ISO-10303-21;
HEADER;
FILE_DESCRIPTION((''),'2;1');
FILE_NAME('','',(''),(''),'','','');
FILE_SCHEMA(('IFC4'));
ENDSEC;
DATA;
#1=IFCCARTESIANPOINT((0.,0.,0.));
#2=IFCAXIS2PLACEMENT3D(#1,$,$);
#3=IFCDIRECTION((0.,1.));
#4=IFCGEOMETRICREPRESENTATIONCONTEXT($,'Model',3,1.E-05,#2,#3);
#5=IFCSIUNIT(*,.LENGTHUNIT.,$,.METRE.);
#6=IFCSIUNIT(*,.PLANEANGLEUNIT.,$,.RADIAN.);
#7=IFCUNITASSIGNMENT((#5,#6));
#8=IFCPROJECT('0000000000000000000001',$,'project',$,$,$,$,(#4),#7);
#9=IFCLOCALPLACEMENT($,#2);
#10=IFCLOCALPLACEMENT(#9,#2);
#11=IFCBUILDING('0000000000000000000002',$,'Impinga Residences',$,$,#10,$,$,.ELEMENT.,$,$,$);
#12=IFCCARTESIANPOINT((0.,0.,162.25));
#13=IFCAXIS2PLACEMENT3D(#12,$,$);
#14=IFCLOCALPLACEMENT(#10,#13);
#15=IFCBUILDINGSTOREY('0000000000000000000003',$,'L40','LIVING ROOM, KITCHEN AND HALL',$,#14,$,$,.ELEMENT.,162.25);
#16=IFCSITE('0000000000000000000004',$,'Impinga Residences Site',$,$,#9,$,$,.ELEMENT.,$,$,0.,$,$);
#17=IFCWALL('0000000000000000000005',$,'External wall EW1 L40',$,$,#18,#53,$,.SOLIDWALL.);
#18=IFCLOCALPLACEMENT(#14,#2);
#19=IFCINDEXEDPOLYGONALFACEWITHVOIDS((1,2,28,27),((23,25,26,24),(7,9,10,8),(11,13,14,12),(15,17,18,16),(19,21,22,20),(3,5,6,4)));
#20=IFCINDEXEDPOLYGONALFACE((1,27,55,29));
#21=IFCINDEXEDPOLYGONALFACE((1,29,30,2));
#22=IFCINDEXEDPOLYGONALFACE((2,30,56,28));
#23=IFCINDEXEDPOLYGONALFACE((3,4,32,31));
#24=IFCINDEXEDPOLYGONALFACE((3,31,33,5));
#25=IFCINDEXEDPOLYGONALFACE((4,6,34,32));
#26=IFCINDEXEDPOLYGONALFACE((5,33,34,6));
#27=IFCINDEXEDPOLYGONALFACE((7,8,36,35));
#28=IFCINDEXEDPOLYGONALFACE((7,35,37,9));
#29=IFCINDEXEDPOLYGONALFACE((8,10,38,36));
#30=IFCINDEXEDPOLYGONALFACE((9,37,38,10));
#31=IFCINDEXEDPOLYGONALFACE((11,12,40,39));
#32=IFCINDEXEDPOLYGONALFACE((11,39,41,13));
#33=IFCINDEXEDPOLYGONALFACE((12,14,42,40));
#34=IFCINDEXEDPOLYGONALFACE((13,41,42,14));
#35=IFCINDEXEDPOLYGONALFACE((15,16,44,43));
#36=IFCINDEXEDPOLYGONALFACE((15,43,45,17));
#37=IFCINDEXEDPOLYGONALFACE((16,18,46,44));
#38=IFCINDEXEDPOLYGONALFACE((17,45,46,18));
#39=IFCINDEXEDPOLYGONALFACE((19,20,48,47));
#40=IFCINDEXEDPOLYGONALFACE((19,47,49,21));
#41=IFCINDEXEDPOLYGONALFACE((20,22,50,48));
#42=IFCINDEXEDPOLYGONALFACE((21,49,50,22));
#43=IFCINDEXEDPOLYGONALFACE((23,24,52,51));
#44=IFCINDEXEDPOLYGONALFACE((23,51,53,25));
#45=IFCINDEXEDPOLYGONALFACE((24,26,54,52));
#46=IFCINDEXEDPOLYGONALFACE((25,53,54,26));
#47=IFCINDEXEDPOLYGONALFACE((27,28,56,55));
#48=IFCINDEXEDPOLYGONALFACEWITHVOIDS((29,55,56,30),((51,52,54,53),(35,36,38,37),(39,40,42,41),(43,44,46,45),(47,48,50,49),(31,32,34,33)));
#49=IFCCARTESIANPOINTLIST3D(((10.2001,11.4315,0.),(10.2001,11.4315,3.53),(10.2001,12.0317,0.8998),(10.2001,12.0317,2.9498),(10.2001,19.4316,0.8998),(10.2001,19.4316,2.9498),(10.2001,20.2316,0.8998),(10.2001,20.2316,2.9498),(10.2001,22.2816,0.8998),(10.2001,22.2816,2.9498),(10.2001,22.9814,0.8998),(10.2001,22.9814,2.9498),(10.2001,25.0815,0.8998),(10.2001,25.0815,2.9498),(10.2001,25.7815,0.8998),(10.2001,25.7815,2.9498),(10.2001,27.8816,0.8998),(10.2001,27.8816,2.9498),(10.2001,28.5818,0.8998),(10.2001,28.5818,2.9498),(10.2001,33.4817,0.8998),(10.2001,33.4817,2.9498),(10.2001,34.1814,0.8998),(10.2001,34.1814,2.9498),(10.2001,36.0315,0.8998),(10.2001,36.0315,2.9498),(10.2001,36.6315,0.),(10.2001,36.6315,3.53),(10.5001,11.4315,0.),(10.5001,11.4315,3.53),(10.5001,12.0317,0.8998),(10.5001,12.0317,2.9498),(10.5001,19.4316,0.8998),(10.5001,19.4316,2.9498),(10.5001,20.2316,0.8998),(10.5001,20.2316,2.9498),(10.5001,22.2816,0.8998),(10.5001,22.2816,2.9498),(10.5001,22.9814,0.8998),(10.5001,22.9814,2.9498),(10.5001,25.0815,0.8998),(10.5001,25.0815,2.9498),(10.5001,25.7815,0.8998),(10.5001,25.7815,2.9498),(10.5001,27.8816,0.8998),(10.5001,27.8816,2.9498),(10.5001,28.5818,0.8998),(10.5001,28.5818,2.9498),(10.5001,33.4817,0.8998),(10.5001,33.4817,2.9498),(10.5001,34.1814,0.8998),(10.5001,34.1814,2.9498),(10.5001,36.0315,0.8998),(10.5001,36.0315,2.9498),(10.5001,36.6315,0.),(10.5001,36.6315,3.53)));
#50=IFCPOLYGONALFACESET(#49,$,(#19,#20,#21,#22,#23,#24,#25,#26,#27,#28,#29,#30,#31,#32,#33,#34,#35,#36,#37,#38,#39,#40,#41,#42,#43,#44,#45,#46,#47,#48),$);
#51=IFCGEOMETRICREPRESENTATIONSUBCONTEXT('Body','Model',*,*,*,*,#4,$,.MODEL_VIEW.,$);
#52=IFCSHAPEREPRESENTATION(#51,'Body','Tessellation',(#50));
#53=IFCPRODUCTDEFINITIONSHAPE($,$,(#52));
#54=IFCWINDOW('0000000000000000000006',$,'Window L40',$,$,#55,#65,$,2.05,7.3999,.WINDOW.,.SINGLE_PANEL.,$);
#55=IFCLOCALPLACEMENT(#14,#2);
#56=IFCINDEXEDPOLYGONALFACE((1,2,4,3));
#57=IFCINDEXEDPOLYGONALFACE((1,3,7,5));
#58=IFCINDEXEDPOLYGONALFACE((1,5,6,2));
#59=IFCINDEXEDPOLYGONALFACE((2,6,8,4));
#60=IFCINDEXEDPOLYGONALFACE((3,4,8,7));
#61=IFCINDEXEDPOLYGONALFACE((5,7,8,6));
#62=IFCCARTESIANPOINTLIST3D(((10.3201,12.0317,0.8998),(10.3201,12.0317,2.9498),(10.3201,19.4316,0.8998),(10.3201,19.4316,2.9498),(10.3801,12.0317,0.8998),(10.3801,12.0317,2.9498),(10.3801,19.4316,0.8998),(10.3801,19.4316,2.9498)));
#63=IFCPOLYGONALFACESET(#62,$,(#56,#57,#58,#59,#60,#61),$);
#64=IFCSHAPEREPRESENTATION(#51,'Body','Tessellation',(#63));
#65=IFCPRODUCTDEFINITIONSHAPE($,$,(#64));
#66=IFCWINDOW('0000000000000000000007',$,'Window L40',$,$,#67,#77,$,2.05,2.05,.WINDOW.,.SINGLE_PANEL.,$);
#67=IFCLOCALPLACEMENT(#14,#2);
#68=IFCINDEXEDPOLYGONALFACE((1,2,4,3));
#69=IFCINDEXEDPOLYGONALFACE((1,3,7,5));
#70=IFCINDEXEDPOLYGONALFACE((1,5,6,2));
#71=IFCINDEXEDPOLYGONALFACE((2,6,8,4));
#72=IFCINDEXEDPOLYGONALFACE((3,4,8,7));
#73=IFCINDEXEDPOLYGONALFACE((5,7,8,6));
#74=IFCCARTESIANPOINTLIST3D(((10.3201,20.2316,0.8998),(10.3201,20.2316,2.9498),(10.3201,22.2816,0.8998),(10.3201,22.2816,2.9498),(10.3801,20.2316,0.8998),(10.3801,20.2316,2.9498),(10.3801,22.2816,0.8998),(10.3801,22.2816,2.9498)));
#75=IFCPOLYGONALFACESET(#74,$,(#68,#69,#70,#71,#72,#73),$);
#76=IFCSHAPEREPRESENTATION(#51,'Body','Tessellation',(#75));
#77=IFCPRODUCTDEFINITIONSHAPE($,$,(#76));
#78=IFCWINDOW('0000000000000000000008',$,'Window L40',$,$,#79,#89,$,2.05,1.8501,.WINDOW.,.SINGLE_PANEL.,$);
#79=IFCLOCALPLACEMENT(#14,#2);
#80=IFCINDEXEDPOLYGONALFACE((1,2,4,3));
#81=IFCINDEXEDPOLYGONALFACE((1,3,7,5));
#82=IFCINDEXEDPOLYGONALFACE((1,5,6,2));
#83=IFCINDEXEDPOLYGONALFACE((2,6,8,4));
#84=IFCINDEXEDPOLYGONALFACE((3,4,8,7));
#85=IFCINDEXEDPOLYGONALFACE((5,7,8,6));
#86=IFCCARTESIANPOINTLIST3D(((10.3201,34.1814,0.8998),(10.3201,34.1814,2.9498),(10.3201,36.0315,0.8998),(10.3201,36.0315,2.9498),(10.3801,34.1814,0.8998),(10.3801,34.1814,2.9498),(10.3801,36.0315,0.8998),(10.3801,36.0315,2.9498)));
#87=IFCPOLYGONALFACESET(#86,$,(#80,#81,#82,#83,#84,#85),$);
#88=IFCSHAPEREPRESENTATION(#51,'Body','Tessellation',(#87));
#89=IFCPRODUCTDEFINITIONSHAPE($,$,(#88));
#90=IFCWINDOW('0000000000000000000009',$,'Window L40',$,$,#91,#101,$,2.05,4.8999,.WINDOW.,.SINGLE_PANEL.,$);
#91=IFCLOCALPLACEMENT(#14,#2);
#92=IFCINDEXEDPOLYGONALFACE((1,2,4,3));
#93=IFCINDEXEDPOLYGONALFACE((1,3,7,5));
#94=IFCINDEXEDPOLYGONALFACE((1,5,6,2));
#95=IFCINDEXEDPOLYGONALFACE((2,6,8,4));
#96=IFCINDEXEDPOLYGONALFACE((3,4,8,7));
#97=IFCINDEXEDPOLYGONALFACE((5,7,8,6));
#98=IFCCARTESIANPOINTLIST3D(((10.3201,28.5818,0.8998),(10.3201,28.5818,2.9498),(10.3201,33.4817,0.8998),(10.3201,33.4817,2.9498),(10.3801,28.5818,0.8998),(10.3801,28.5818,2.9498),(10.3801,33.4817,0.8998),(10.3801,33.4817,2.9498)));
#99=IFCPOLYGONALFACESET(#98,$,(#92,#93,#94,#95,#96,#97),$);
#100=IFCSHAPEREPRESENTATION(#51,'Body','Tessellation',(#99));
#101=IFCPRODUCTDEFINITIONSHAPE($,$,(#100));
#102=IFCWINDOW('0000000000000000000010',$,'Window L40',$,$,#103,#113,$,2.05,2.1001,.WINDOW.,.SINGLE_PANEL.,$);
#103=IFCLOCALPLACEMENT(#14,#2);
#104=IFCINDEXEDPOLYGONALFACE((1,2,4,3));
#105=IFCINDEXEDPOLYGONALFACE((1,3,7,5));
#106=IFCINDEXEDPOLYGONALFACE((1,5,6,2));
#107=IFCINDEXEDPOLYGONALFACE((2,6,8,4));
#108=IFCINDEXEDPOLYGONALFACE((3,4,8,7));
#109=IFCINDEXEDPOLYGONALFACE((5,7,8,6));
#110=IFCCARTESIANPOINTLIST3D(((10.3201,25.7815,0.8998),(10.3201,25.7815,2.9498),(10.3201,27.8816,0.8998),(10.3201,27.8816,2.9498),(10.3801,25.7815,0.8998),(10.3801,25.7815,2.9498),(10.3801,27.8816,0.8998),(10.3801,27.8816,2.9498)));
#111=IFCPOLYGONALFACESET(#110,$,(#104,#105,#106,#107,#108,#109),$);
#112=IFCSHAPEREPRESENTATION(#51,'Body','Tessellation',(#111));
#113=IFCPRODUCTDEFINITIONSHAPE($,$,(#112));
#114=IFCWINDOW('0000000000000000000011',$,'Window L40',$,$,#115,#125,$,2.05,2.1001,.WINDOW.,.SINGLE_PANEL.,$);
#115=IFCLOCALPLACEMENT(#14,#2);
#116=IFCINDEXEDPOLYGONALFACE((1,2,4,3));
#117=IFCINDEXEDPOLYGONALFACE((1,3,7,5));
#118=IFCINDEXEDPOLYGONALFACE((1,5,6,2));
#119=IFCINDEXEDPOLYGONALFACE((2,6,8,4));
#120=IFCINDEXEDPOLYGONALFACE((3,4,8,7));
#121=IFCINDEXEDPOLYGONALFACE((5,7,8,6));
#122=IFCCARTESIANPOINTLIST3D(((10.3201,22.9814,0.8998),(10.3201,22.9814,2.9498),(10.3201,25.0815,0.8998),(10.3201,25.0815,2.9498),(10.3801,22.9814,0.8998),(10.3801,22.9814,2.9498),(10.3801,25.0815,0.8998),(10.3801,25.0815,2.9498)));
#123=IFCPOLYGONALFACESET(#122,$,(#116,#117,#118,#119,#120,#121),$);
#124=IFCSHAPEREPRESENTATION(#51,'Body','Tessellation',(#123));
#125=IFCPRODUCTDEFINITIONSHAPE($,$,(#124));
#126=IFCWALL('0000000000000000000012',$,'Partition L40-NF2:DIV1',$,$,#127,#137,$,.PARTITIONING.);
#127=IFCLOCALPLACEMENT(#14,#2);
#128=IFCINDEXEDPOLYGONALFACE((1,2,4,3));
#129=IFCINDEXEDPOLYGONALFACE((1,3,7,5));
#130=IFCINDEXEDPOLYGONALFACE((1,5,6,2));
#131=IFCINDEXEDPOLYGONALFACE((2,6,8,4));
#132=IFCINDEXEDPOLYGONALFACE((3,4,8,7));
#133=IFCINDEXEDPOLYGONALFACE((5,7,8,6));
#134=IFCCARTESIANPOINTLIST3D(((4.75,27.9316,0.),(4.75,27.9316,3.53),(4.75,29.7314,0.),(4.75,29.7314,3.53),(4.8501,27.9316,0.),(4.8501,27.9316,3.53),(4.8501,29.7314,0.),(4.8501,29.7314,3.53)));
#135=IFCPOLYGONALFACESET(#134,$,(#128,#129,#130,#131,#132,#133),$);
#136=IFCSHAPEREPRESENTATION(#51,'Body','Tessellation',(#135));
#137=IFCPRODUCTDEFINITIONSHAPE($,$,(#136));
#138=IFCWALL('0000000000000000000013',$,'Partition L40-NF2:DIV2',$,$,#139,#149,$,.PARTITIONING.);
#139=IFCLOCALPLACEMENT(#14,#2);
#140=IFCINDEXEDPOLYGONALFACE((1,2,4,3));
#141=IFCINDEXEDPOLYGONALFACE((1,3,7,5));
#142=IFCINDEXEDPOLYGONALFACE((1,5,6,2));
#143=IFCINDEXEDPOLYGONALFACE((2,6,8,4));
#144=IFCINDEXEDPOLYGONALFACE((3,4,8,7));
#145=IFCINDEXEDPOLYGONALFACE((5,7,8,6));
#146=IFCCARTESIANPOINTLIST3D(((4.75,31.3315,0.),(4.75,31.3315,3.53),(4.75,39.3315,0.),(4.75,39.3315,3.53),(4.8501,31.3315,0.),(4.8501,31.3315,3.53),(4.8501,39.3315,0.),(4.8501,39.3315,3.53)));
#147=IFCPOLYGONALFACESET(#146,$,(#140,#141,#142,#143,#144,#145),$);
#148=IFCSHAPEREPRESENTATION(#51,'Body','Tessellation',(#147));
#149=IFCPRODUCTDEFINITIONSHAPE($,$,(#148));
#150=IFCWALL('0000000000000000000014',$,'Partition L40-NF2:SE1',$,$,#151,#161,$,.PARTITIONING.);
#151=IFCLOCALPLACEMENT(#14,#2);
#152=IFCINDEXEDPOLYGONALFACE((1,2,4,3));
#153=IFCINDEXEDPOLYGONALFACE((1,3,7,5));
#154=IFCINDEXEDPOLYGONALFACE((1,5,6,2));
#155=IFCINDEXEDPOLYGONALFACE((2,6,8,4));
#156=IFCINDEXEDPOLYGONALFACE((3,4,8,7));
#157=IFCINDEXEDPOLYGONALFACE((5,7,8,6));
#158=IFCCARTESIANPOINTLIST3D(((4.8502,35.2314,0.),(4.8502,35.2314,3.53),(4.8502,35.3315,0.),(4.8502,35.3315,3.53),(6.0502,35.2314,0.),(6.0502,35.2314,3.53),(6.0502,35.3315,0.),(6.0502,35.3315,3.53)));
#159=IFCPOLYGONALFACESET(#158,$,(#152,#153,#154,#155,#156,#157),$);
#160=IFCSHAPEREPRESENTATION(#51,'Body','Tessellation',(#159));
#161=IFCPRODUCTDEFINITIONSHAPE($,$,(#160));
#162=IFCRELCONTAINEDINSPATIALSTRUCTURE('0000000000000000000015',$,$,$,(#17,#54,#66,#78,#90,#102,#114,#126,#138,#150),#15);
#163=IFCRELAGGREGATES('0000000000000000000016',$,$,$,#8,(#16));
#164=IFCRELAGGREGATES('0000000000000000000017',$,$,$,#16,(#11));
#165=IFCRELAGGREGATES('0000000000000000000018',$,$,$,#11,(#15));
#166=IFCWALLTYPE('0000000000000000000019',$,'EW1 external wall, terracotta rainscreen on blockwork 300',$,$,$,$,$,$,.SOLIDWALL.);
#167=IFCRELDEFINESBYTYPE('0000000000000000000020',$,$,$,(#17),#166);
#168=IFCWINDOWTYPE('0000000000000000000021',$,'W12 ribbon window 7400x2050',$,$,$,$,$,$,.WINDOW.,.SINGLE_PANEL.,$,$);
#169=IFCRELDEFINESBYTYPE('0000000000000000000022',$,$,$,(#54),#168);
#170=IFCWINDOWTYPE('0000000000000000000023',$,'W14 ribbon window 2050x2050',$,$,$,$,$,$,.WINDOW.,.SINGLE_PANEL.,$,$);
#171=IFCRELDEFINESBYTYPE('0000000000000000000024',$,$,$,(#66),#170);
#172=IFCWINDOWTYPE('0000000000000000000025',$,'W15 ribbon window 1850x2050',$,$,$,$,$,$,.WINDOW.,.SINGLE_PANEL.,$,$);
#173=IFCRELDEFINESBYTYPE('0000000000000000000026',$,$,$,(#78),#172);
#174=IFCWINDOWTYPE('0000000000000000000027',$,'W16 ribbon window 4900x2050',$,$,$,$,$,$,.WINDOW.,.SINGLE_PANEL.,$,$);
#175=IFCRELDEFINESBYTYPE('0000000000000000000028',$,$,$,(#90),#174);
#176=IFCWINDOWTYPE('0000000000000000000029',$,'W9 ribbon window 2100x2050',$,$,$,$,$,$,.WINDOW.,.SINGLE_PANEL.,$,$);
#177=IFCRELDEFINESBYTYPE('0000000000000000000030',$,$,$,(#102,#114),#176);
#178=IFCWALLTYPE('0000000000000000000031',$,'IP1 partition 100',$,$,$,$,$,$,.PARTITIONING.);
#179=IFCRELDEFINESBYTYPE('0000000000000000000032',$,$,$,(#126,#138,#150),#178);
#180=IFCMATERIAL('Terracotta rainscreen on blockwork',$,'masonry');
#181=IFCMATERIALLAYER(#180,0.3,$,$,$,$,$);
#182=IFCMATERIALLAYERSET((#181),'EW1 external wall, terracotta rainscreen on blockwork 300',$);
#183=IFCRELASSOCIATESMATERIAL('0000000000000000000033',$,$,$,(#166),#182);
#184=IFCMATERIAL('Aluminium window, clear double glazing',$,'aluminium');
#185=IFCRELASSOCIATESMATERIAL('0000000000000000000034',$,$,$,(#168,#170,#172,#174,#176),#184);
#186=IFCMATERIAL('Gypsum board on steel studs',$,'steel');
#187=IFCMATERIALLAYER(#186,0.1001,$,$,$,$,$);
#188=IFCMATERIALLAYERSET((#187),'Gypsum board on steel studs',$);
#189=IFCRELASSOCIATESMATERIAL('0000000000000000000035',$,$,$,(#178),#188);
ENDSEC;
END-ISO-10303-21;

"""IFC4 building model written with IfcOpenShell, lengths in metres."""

from ifc_helpers import new_model, si_unit, direction, frame, frame_2d, origin, place, context, subcontext, project, spatial, rectangle, extrude, material, layer, layer_set, type_object, element, fill, save


model = new_model("IFC4")

# Units and contexts
model_context = context("Model", 3, precision=1e-05, world=origin(), true_north=direction((0.0, 1.0)))
body_context = subcontext(model_context, "Body", "Model", "MODEL_VIEW")
ifc_project = project(units=[si_unit("LENGTHUNIT", "METRE"), si_unit("PLANEANGLEUNIT", "RADIAN")], contexts=[model_context])

# Site, building, storey
site_placement = place(None, origin())
site = spatial("IfcSite", under=ifc_project, at=site_placement, Name="Impinga Residences Site", CompositionType="ELEMENT", RefElevation=0.0)
building_placement = place(site_placement, origin())
building = spatial("IfcBuilding", under=site, at=building_placement, Name="Impinga Residences", CompositionType="ELEMENT")
storey_placement = place(building_placement, frame((0.0, 0.0, 162.25)))
storey = spatial("IfcBuildingStorey", under=building, at=storey_placement, Name="L40", Description="LIVING ROOM, KITCHEN AND HALL", CompositionType="ELEMENT", Elevation=162.25)

# Shared definitions
ifc_material_1 = material(Name="Terracotta rainscreen on blockwork", Category="masonry")
ifc_layer_1 = layer(ifc_material_1, 0.3)
ifc_layer_set_1 = layer_set([ifc_layer_1], Name="EW1 external wall, terracotta rainscreen on blockwork 300")
wall_type_1 = type_object("IfcWallType", Name="EW1 external wall, terracotta rainscreen on blockwork 300", PredefinedType="SOLIDWALL", material=ifc_layer_set_1)

# Wall, openings, windows
wall_1_placement = place(storey_placement, frame((10.3501, 36.6316, 0.0), z_axis=(0.0, 0.0, 1.0), x_axis=(0.0, -1.0, 0.0)))
wall_1 = element("IfcWall", 1, at=wall_1_placement, inside=storey, type_object=wall_type_1, Name="External wall EW1 L40", PredefinedType="SOLIDWALL", context=body_context, shape_type="SweptSolid", body=[
    extrude(rectangle(XDim=25.2, YDim=0.3, at=frame_2d((12.6001, 0.0))), origin(), (0.0, 0.0, 1.0), 3.53),
])
opening_1_placement = place(wall_1_placement, frame((0.6001, 0.0, 0.8999)))
opening_1 = element("IfcOpeningElement", 2, at=opening_1_placement, cuts=wall_1, PredefinedType="OPENING", context=body_context, shape_type="SweptSolid", body=[
    extrude(rectangle(XDim=1.8501, YDim=2.05, at=frame_2d((0.925, 1.0249))), frame((0.0, 0.1599, 0.0), z_axis=(0.0, -1.0, 0.0), x_axis=(1.0, 0.0, 0.0)), (0.0, 0.0, 1.0), 0.3201),
])
opening_2_placement = place(wall_1_placement, frame((3.1499, 0.0, 0.8999)))
opening_2 = element("IfcOpeningElement", 3, at=opening_2_placement, cuts=wall_1, PredefinedType="OPENING", context=body_context, shape_type="SweptSolid", body=[
    extrude(rectangle(XDim=4.8999, YDim=2.05, at=frame_2d((2.45, 1.0249))), frame((0.0, 0.1599, 0.0), z_axis=(0.0, -1.0, 0.0), x_axis=(1.0, 0.0, 0.0)), (0.0, 0.0, 1.0), 0.3201),
])
opening_3_placement = place(wall_1_placement, frame((8.75, 0.0, 0.8999)))
opening_3 = element("IfcOpeningElement", 4, at=opening_3_placement, cuts=wall_1, PredefinedType="OPENING", context=body_context, shape_type="SweptSolid", body=[
    extrude(rectangle(XDim=2.1001, YDim=2.05, at=frame_2d((1.05, 1.0249))), frame((0.0, 0.1599, 0.0), z_axis=(0.0, -1.0, 0.0), x_axis=(1.0, 0.0, 0.0)), (0.0, 0.0, 1.0), 0.3201),
])
opening_4_placement = place(wall_1_placement, frame((11.55, 0.0, 0.8999)))
opening_4 = element("IfcOpeningElement", 5, at=opening_4_placement, cuts=wall_1, PredefinedType="OPENING", context=body_context, shape_type="SweptSolid", body=[
    extrude(rectangle(XDim=2.1001, YDim=2.05, at=frame_2d((1.05, 1.0249))), frame((0.0, 0.1599, 0.0), z_axis=(0.0, -1.0, 0.0), x_axis=(1.0, 0.0, 0.0)), (0.0, 0.0, 1.0), 0.3201),
])
opening_5_placement = place(wall_1_placement, frame((14.3501, 0.0, 0.8999)))
opening_5 = element("IfcOpeningElement", 6, at=opening_5_placement, cuts=wall_1, PredefinedType="OPENING", context=body_context, shape_type="SweptSolid", body=[
    extrude(rectangle(XDim=2.05, YDim=2.05, at=frame_2d((1.0249, 1.0249))), frame((0.0, 0.1599, 0.0), z_axis=(0.0, -1.0, 0.0), x_axis=(1.0, 0.0, 0.0)), (0.0, 0.0, 1.0), 0.3201),
])
opening_6_placement = place(wall_1_placement, frame((17.2, 0.0, 0.8999)))
opening_6 = element("IfcOpeningElement", 7, at=opening_6_placement, cuts=wall_1, PredefinedType="OPENING", context=body_context, shape_type="SweptSolid", body=[
    extrude(rectangle(XDim=7.3999, YDim=2.05, at=frame_2d((3.7, 1.0249))), frame((0.0, 0.1599, 0.0), z_axis=(0.0, -1.0, 0.0), x_axis=(1.0, 0.0, 0.0)), (0.0, 0.0, 1.0), 0.3201),
])
ifc_material_2 = material(Name="Aluminium window, clear double glazing", Category="aluminium")
window_type_1 = type_object("IfcWindowType", Name="W12 ribbon window 7400x2050", PartitioningType="SINGLE_PANEL", PredefinedType="WINDOW", material=ifc_material_2)
window_1_placement = place(opening_6_placement, origin())
window_1 = element("IfcWindow", 8, at=window_1_placement, inside=storey, type_object=window_type_1, Name="Window L40", OverallHeight=2.05, OverallWidth=7.3999, PartitioningType="SINGLE_PANEL", PredefinedType="WINDOW", context=body_context, shape_type="SweptSolid", body=[
    extrude(rectangle(XDim=7.3999, YDim=2.05, at=frame_2d((3.7, 1.0249))), frame((0.0, 0.03, 0.0), z_axis=(0.0, -1.0, 0.0), x_axis=(1.0, 0.0, 0.0)), (0.0, 0.0, 1.0), 0.0601),
])
fill(opening_6, window_1)
window_type_2 = type_object("IfcWindowType", Name="W14 ribbon window 2050x2050", PartitioningType="SINGLE_PANEL", PredefinedType="WINDOW", material=ifc_material_2)
window_2_placement = place(opening_5_placement, origin())
window_2 = element("IfcWindow", 9, at=window_2_placement, inside=storey, type_object=window_type_2, Name="Window L40", OverallHeight=2.05, OverallWidth=2.05, PartitioningType="SINGLE_PANEL", PredefinedType="WINDOW", context=body_context, shape_type="SweptSolid", body=[
    extrude(rectangle(XDim=2.05, YDim=2.05, at=frame_2d((1.0249, 1.0249))), frame((0.0, 0.03, 0.0), z_axis=(0.0, -1.0, 0.0), x_axis=(1.0, 0.0, 0.0)), (0.0, 0.0, 1.0), 0.0601),
])
fill(opening_5, window_2)
window_type_3 = type_object("IfcWindowType", Name="W15 ribbon window 1850x2050", PartitioningType="SINGLE_PANEL", PredefinedType="WINDOW", material=ifc_material_2)
window_3_placement = place(opening_1_placement, origin())
window_3 = element("IfcWindow", 10, at=window_3_placement, inside=storey, type_object=window_type_3, Name="Window L40", OverallHeight=2.05, OverallWidth=1.8501, PartitioningType="SINGLE_PANEL", PredefinedType="WINDOW", context=body_context, shape_type="SweptSolid", body=[
    extrude(rectangle(XDim=1.8501, YDim=2.05, at=frame_2d((0.925, 1.0249))), frame((0.0, 0.03, 0.0), z_axis=(0.0, -1.0, 0.0), x_axis=(1.0, 0.0, 0.0)), (0.0, 0.0, 1.0), 0.0601),
])
fill(opening_1, window_3)
window_type_4 = type_object("IfcWindowType", Name="W16 ribbon window 4900x2050", PartitioningType="SINGLE_PANEL", PredefinedType="WINDOW", material=ifc_material_2)
window_4_placement = place(opening_2_placement, origin())
window_4 = element("IfcWindow", 11, at=window_4_placement, inside=storey, type_object=window_type_4, Name="Window L40", OverallHeight=2.05, OverallWidth=4.8999, PartitioningType="SINGLE_PANEL", PredefinedType="WINDOW", context=body_context, shape_type="SweptSolid", body=[
    extrude(rectangle(XDim=4.8999, YDim=2.05, at=frame_2d((2.45, 1.0249))), frame((0.0, 0.03, 0.0), z_axis=(0.0, -1.0, 0.0), x_axis=(1.0, 0.0, 0.0)), (0.0, 0.0, 1.0), 0.0601),
])
fill(opening_2, window_4)
window_type_5 = type_object("IfcWindowType", Name="W9 ribbon window 2100x2050", PartitioningType="SINGLE_PANEL", PredefinedType="WINDOW", material=ifc_material_2)
window_5_placement = place(opening_3_placement, origin())
window_5 = element("IfcWindow", 12, at=window_5_placement, inside=storey, type_object=window_type_5, Name="Window L40", OverallHeight=2.05, OverallWidth=2.1001, PartitioningType="SINGLE_PANEL", PredefinedType="WINDOW", context=body_context, shape_type="SweptSolid", body=[
    extrude(rectangle(XDim=2.1001, YDim=2.05, at=frame_2d((1.05, 1.0249))), frame((0.0, 0.03, 0.0), z_axis=(0.0, -1.0, 0.0), x_axis=(1.0, 0.0, 0.0)), (0.0, 0.0, 1.0), 0.0601),
])
fill(opening_3, window_5)
window_6_placement = place(opening_4_placement, origin())
window_6 = element("IfcWindow", 13, at=window_6_placement, inside=storey, type_object=window_type_5, Name="Window L40", OverallHeight=2.05, OverallWidth=2.1001, PartitioningType="SINGLE_PANEL", PredefinedType="WINDOW", context=body_context, shape_type="SweptSolid", body=[
    extrude(rectangle(XDim=2.1001, YDim=2.05, at=frame_2d((1.05, 1.0249))), frame((0.0, 0.03, 0.0), z_axis=(0.0, -1.0, 0.0), x_axis=(1.0, 0.0, 0.0)), (0.0, 0.0, 1.0), 0.0601),
])
fill(opening_4, window_6)

# Walls
ifc_material_3 = material(Name="Gypsum board on steel studs", Category="steel")
ifc_layer_2 = layer(ifc_material_3, 0.1001)
ifc_layer_set_2 = layer_set([ifc_layer_2], Name="Gypsum board on steel studs")
wall_type_2 = type_object("IfcWallType", Name="IP1 partition 100", PredefinedType="PARTITIONING", material=ifc_layer_set_2)
wall_2_placement = place(storey_placement, frame((4.8, 27.9316, 0.0), z_axis=(0.0, 0.0, 1.0), x_axis=(0.0, 1.0, 0.0)))
element("IfcWall", 14, at=wall_2_placement, inside=storey, type_object=wall_type_2, Name="Partition L40-NF2:DIV1", PredefinedType="PARTITIONING", context=body_context, shape_type="SweptSolid", body=[
    extrude(rectangle(XDim=1.7998, YDim=0.1001, at=frame_2d((0.8999, 0.0))), origin(), (0.0, 0.0, 1.0), 3.53),
])
wall_3_placement = place(storey_placement, frame((4.8, 31.3315, 0.0), z_axis=(0.0, 0.0, 1.0), x_axis=(0.0, 1.0, 0.0)))
element("IfcWall", 15, at=wall_3_placement, inside=storey, type_object=wall_type_2, Name="Partition L40-NF2:DIV2", PredefinedType="PARTITIONING", context=body_context, shape_type="SweptSolid", body=[
    extrude(rectangle(XDim=8.0, YDim=0.1001, at=frame_2d((4.0, 0.0))), origin(), (0.0, 0.0, 1.0), 3.53),
])
wall_4_placement = place(storey_placement, frame((4.8501, 35.2815, 0.0), z_axis=(0.0, 0.0, 1.0), x_axis=(1.0, 0.0, 0.0)))
element("IfcWall", 16, at=wall_4_placement, inside=storey, type_object=wall_type_2, Name="Partition L40-NF2:SE1", PredefinedType="PARTITIONING", context=body_context, shape_type="SweptSolid", body=[
    extrude(rectangle(XDim=1.2, YDim=0.1001, at=frame_2d((0.6001, 0.0))), origin(), (0.0, 0.0, 1.0), 3.53),
])

save(model, "model.ifc")
